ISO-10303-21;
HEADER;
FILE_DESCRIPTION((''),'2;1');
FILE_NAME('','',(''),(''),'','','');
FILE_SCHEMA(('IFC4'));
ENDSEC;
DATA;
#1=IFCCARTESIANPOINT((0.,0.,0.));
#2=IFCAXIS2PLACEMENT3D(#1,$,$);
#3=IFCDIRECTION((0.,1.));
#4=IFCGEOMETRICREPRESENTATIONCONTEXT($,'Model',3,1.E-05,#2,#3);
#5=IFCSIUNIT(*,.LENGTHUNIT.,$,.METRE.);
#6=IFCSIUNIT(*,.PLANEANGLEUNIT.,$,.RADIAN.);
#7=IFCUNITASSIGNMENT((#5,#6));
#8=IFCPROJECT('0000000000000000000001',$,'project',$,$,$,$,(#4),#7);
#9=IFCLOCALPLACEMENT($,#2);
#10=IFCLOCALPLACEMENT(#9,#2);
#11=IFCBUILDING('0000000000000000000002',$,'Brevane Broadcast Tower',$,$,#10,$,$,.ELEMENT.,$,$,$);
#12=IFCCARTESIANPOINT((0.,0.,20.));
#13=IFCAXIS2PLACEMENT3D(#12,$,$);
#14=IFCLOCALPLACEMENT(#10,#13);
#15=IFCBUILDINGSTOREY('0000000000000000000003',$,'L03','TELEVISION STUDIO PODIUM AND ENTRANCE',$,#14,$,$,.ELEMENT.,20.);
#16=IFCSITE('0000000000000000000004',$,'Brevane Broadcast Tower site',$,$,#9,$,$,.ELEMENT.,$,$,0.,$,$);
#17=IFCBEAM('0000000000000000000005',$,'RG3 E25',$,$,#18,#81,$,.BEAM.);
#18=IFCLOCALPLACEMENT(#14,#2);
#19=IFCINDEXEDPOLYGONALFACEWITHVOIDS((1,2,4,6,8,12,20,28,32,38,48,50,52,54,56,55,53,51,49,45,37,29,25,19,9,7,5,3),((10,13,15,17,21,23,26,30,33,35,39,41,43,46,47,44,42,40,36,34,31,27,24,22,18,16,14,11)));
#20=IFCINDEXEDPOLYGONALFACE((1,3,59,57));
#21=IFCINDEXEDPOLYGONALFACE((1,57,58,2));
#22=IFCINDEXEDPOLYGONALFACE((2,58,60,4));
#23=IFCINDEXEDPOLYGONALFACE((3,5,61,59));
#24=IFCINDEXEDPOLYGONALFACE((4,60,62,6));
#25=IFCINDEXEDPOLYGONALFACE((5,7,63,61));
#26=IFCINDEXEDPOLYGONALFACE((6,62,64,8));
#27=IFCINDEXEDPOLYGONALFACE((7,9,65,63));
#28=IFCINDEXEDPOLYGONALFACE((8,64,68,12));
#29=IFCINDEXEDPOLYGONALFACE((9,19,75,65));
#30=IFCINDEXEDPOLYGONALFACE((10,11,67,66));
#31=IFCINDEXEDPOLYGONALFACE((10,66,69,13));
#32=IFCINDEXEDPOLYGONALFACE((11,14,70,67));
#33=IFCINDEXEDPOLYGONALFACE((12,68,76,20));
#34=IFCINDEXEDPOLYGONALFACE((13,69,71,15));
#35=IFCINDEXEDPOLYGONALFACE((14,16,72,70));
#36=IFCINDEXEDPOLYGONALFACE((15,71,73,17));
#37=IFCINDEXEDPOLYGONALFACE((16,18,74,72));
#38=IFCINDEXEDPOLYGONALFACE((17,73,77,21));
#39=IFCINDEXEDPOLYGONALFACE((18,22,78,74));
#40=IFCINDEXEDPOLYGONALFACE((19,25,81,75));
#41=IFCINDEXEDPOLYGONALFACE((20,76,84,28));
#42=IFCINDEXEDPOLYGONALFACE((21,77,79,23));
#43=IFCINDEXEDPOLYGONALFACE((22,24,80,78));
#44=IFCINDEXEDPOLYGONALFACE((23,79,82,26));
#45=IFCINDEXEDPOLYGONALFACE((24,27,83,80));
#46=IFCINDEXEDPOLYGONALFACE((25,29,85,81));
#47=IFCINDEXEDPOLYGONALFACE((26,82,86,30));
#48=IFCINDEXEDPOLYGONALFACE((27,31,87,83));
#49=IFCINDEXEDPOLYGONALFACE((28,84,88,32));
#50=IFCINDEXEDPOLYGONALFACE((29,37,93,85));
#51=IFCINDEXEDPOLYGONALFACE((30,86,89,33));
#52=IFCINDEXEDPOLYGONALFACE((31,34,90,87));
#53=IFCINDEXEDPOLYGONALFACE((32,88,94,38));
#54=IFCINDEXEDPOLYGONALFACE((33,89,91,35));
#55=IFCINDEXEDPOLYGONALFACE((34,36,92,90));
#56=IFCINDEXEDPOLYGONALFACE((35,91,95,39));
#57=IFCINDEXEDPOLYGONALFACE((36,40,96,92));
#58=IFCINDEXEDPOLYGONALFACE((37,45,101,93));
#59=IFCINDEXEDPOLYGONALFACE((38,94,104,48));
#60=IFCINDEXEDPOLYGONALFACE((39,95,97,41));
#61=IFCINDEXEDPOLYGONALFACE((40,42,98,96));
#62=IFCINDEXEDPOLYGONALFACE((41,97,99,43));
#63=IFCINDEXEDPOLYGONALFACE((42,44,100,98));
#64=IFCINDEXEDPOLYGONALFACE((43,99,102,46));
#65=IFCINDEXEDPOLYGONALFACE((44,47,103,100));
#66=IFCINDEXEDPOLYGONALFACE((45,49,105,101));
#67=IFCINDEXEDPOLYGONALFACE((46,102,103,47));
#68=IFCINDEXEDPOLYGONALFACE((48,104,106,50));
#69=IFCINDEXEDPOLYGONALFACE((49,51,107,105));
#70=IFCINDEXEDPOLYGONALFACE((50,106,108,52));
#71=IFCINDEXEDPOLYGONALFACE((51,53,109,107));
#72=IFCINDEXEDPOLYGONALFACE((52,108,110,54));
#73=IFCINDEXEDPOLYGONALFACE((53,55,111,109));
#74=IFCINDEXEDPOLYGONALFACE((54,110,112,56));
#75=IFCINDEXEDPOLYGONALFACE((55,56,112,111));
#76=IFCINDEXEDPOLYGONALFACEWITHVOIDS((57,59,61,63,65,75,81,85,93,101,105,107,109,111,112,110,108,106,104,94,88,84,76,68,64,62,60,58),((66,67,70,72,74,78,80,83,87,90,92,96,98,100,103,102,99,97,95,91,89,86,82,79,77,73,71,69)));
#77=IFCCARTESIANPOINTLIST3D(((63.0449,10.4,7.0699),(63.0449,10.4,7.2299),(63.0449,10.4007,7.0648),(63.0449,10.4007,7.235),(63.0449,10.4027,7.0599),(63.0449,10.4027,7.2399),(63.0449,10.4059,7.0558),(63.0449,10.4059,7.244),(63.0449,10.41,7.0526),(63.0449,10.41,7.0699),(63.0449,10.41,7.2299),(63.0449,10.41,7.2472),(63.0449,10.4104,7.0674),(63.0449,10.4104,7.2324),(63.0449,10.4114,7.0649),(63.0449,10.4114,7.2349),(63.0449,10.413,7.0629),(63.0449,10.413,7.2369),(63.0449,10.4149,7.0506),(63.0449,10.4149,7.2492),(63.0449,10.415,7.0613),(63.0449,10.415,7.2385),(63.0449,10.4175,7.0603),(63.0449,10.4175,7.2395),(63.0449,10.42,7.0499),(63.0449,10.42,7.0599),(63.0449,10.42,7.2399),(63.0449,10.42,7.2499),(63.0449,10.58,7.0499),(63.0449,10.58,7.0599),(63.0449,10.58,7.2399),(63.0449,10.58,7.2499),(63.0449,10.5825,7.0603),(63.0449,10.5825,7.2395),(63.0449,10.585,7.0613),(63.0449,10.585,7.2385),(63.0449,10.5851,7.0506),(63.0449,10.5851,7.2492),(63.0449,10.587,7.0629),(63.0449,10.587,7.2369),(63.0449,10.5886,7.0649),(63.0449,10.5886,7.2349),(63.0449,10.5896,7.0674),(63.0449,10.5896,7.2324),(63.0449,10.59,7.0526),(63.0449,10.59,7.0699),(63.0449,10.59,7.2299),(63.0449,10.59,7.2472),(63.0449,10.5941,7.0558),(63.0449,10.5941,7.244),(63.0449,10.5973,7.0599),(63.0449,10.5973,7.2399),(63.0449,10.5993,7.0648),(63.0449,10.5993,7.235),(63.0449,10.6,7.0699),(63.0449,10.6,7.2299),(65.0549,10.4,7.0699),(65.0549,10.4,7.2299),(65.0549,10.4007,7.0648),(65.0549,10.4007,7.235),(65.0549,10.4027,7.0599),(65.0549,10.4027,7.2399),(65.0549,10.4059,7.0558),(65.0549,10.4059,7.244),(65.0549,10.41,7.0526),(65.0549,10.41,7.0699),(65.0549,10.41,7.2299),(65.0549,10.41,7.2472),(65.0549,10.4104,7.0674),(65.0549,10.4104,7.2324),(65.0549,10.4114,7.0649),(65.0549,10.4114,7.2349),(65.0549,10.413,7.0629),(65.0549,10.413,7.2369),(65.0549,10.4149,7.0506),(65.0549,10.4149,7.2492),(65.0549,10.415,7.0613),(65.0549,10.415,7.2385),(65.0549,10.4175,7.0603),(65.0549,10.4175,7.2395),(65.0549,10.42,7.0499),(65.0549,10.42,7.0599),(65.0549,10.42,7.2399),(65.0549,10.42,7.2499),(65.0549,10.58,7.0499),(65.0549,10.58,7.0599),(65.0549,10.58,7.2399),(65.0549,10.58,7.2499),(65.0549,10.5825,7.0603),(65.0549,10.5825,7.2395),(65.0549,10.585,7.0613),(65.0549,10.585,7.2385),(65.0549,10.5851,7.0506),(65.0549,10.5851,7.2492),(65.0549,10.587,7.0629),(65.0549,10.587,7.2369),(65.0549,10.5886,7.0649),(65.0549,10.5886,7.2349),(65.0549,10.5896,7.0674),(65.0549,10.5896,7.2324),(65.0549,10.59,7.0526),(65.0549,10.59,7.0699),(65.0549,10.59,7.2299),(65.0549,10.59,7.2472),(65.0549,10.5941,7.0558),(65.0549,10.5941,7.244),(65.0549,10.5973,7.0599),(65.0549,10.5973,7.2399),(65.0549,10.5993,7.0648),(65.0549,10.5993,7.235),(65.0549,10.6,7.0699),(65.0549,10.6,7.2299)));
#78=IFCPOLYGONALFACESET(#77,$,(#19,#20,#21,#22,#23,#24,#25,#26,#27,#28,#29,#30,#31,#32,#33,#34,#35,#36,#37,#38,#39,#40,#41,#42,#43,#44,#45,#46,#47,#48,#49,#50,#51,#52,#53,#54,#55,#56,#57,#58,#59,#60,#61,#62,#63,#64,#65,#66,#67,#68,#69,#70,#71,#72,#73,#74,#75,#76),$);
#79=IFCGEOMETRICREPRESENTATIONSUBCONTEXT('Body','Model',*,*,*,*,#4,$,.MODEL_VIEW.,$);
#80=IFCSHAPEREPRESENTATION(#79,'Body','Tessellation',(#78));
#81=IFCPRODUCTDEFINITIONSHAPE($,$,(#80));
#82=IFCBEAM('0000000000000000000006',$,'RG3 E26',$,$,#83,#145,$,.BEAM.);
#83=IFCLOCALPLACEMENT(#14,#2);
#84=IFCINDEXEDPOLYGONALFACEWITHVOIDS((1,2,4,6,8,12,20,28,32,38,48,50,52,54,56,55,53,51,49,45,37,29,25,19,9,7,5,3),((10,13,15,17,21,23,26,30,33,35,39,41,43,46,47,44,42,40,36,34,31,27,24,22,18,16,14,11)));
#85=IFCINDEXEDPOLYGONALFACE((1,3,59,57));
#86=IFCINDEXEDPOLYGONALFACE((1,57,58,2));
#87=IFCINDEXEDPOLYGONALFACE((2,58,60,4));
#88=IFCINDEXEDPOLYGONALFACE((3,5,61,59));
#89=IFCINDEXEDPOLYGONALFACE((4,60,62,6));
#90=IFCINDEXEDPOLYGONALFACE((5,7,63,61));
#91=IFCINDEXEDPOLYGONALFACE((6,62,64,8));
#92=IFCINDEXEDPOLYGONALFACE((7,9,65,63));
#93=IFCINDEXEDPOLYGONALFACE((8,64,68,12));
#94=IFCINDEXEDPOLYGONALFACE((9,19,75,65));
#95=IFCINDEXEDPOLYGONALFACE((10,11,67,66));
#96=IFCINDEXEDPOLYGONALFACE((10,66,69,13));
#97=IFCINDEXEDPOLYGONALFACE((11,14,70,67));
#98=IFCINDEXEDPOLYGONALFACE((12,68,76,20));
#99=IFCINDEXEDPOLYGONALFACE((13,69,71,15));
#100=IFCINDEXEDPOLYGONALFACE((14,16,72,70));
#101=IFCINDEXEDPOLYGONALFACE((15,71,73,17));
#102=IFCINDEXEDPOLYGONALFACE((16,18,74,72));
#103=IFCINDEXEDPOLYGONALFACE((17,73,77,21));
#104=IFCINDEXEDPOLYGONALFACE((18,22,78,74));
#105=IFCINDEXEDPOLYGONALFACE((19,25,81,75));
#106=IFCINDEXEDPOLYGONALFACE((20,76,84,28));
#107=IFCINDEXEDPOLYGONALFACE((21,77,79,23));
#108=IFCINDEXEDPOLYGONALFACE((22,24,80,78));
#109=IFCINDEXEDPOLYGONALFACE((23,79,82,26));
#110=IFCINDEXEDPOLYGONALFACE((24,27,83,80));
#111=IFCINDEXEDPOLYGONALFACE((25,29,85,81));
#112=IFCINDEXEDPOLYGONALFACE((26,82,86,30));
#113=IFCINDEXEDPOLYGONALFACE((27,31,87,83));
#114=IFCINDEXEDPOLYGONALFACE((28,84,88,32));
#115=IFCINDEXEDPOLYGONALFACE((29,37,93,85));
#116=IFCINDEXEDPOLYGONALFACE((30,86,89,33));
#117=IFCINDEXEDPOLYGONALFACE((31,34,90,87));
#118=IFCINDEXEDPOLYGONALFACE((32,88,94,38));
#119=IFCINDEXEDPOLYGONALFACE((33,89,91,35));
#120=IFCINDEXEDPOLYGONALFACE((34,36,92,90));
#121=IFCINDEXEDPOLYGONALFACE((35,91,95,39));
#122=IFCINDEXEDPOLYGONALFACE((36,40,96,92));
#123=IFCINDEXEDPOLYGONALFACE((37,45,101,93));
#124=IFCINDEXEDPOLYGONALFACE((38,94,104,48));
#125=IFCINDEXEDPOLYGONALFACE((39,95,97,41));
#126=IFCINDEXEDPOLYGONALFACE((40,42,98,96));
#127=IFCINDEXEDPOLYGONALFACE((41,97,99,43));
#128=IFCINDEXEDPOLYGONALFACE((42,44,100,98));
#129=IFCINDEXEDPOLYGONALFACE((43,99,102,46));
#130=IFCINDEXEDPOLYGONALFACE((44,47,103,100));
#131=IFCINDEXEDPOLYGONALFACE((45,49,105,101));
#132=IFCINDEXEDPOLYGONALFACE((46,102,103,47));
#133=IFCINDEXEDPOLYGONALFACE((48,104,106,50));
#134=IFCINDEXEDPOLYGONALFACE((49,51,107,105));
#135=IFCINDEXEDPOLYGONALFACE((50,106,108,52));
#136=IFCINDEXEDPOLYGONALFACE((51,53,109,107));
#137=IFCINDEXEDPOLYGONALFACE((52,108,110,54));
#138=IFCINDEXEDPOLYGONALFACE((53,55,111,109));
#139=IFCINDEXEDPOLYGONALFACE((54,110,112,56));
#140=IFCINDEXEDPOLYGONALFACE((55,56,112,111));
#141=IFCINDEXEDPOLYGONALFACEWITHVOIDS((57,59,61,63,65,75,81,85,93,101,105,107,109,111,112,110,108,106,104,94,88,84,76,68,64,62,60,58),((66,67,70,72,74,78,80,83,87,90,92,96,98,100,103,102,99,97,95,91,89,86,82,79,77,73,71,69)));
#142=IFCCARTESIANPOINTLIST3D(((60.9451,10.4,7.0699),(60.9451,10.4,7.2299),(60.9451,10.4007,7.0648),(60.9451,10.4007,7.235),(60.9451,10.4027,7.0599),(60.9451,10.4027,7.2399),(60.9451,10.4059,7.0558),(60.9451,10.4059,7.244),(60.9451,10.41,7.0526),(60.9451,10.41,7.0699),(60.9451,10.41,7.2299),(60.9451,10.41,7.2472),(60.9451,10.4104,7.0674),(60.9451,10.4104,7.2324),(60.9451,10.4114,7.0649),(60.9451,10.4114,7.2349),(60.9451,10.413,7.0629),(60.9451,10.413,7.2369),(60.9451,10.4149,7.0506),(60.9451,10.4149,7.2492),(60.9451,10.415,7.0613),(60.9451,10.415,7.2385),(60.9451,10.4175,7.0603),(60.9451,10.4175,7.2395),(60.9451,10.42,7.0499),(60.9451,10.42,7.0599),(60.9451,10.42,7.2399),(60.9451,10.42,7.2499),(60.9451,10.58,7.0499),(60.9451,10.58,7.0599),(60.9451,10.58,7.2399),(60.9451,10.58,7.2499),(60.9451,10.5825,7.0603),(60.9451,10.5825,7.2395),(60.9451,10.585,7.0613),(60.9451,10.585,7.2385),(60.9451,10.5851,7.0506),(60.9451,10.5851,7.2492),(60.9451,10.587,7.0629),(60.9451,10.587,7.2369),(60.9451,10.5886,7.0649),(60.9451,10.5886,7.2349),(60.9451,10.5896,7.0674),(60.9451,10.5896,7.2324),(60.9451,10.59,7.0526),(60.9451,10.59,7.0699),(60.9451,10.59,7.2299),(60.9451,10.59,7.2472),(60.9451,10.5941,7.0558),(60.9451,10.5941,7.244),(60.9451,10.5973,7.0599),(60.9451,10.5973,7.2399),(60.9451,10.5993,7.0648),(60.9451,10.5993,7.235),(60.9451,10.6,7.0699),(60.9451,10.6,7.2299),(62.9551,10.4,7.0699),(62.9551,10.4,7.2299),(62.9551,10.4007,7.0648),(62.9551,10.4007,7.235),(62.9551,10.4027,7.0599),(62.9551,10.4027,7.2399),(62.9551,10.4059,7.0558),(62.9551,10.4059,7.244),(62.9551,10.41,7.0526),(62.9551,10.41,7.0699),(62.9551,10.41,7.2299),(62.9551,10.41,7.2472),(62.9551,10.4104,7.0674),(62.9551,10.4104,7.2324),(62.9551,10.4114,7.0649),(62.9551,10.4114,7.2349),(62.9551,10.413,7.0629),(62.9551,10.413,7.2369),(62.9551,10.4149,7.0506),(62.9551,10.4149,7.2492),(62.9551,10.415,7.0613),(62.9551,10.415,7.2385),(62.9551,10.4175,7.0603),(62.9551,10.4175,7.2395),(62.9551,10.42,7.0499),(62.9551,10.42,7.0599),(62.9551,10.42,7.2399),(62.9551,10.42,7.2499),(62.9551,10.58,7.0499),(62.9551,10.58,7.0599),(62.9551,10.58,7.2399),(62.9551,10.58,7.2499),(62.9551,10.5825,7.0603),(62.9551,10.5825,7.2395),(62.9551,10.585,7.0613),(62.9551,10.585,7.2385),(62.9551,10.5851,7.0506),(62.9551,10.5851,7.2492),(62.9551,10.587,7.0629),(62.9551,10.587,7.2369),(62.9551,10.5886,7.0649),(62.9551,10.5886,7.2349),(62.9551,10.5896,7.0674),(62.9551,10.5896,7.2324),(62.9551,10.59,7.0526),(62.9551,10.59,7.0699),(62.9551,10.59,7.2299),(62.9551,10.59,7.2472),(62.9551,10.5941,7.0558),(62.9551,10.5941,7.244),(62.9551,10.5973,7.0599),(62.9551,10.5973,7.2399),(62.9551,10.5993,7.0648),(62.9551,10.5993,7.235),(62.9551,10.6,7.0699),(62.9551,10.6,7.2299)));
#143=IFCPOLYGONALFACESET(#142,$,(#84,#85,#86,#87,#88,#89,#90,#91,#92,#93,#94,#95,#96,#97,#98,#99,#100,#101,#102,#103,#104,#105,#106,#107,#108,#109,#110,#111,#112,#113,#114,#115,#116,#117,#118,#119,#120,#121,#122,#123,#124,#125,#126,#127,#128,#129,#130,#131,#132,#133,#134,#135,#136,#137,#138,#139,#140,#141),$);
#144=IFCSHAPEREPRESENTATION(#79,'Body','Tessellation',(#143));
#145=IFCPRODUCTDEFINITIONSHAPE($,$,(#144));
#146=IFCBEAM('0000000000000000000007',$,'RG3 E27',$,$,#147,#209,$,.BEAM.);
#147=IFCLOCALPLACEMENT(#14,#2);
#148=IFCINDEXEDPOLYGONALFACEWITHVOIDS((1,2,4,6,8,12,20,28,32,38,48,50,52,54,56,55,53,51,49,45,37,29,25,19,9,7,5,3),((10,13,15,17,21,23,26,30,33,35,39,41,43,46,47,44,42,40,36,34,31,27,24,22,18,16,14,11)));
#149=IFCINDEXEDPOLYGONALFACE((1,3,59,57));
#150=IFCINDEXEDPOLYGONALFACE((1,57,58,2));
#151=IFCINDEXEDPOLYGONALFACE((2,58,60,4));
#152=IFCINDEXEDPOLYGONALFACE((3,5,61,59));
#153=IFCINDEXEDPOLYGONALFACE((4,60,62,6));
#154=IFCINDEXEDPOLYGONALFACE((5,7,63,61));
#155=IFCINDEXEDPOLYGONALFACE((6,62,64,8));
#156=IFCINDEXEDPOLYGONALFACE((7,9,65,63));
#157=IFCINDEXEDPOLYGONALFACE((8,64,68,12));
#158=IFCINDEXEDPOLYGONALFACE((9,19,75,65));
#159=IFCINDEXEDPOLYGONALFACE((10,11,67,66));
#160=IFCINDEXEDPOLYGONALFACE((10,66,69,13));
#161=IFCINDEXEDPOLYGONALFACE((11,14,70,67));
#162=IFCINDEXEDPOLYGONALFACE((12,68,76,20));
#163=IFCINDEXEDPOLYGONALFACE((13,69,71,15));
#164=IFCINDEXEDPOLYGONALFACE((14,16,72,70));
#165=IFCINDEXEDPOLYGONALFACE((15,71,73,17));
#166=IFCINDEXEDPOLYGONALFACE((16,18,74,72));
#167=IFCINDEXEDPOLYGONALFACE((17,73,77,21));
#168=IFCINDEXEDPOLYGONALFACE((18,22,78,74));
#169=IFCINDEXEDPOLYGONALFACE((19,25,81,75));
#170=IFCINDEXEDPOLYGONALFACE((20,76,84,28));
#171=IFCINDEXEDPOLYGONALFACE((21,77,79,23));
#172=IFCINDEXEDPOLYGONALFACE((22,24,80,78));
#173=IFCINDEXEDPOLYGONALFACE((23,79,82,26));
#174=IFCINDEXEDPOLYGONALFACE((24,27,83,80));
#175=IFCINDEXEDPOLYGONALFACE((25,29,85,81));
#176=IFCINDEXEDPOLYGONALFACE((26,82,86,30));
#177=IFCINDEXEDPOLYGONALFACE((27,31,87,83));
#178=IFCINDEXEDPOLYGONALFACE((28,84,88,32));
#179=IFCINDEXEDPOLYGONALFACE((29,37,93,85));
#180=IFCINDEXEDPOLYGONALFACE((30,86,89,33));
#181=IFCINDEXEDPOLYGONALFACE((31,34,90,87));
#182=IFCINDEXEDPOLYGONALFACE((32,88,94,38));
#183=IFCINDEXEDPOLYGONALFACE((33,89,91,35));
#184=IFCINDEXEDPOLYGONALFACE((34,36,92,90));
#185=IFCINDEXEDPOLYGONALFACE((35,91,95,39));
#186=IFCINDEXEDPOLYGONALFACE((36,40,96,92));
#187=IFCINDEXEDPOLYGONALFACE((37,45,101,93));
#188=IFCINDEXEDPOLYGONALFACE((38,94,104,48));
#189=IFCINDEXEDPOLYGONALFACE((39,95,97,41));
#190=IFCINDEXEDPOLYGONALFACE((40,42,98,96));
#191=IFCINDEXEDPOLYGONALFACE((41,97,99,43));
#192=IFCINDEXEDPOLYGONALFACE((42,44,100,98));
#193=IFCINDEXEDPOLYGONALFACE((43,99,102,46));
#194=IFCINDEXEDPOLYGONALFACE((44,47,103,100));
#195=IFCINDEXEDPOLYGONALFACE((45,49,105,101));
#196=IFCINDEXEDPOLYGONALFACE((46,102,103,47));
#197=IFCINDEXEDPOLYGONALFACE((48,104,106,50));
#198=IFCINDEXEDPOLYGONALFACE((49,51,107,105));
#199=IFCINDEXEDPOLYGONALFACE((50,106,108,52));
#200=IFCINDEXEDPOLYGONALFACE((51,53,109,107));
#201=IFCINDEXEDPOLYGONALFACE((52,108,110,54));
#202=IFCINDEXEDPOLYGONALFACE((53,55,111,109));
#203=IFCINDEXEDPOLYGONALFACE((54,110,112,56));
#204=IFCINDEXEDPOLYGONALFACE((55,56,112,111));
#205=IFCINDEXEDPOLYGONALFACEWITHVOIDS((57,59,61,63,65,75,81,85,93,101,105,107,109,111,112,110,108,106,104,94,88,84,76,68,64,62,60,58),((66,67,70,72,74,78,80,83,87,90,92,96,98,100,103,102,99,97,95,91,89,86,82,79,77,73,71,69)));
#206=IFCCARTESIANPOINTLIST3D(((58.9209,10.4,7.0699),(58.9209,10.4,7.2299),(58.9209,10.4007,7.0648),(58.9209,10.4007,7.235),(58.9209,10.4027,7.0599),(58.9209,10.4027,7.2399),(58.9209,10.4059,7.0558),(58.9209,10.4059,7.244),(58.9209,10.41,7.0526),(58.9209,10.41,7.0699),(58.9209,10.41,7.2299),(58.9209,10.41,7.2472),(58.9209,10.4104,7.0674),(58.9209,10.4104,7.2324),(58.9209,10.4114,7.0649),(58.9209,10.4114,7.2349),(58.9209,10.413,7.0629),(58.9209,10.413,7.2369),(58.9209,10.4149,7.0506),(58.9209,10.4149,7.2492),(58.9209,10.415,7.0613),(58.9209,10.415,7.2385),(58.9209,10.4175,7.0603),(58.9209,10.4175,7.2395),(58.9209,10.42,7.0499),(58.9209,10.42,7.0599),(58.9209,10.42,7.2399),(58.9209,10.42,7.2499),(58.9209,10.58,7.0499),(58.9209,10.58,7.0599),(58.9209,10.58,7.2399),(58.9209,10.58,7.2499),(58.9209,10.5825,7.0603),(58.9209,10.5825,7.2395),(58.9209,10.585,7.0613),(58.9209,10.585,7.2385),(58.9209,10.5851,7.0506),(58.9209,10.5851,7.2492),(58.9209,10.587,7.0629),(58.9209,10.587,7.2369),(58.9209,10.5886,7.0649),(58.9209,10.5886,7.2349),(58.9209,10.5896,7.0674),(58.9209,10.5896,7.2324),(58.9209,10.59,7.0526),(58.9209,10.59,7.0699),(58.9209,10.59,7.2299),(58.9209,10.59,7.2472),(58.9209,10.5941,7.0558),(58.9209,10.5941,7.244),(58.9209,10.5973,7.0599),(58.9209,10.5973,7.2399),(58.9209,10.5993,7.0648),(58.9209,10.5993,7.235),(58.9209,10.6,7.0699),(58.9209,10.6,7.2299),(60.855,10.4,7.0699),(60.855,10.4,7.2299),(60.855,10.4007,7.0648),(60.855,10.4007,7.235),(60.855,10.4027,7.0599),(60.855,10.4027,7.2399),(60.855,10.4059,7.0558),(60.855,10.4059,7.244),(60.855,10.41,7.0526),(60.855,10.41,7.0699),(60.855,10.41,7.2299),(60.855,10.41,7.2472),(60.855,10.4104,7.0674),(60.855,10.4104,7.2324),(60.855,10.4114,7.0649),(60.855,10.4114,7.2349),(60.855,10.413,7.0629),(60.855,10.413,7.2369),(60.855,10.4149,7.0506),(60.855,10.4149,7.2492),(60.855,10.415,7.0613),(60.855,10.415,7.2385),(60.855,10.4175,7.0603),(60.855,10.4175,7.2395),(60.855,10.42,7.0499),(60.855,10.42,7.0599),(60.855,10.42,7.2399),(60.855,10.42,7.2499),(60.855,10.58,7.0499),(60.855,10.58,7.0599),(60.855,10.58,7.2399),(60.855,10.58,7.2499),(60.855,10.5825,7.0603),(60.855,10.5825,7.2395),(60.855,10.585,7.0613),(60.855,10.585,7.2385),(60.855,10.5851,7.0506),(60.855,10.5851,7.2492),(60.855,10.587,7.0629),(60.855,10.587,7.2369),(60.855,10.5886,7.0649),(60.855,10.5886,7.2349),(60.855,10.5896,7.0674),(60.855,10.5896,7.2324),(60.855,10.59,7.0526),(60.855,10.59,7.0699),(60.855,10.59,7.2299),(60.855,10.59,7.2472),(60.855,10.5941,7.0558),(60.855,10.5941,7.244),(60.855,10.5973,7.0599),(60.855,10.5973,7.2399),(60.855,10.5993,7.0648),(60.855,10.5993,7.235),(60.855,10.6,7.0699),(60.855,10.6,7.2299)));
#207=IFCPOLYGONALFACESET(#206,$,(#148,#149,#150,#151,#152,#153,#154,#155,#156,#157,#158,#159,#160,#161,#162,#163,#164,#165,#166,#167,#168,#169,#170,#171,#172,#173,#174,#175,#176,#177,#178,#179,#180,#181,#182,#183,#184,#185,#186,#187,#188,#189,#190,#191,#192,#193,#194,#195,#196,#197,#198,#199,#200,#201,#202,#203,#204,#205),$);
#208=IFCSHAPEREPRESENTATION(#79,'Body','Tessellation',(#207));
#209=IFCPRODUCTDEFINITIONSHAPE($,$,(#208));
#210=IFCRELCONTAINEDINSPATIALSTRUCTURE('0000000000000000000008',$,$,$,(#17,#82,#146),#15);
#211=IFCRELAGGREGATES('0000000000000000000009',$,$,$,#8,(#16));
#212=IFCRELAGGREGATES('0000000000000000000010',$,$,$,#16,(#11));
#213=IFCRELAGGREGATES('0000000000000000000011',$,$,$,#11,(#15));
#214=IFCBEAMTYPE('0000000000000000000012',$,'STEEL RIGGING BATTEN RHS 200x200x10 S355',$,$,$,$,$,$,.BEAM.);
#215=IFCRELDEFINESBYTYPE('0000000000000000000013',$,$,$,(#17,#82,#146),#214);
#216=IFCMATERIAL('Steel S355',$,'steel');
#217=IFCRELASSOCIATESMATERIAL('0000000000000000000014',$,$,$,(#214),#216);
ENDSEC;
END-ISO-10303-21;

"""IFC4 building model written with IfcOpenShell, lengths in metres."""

from ifc_helpers import new_model, si_unit, direction, frame, origin, origin_2d, place, context, subcontext, project, spatial, hollow_rectangle, extrude, material, material_profile, profile_set, type_object, element, save


model = new_model("IFC4")

# Units and contexts
model_context = context("Model", 3, precision=1e-05, world=origin(), true_north=direction((0.0, 1.0)))
body_context = subcontext(model_context, "Body", "Model", "MODEL_VIEW")
ifc_project = project(units=[si_unit("LENGTHUNIT", "METRE"), si_unit("PLANEANGLEUNIT", "RADIAN")], contexts=[model_context])

# Site, building, storey
site_placement = place(None, origin())
site = spatial("IfcSite", under=ifc_project, at=site_placement, Name="Brevane Broadcast Tower site", CompositionType="ELEMENT", RefElevation=0.0)
building_placement = place(site_placement, origin())
building = spatial("IfcBuilding", under=site, at=building_placement, Name="Brevane Broadcast Tower", CompositionType="ELEMENT")
storey_placement = place(building_placement, frame((0.0, 0.0, 20.0)))
storey = spatial("IfcBuildingStorey", under=building, at=storey_placement, Name="L03", Description="TELEVISION STUDIO PODIUM AND ENTRANCE", CompositionType="ELEMENT", Elevation=20.0)

# Beams
ifc_material_1 = material(Name="Steel S355", Category="steel")
ifc_material_profile_1 = material_profile(ifc_material_1, hollow_rectangle(XDim=0.2, YDim=0.2, WallThickness=0.01, InnerFilletRadius=0.01, OuterFilletRadius=0.02, at=origin_2d()), Name="RHS 200x200x10")
ifc_profile_set_1 = profile_set([ifc_material_profile_1], Name="Steel S355")
beam_type_1 = type_object("IfcBeamType", Name="STEEL RIGGING BATTEN RHS 200x200x10 S355", PredefinedType="BEAM", material=ifc_profile_set_1)
for number, where, z_axis, x_axis, name in (
    (1, (65.0549, 10.5, 7.1499), (-1.0, 0.0, 0.0), (0.0, -1.0, 0.0), "RG3 E25"),
    (2, (62.9551, 10.5, 7.1499), (-1.0, 0.0, 0.0), (0.0, -1.0, 0.0), "RG3 E26"),
):
    element("IfcBeam", number, at=place(storey_placement, frame(where, z_axis=z_axis, x_axis=x_axis)), inside=storey, type_object=beam_type_1, Name=name, PredefinedType="BEAM", context=body_context, shape_type="SweptSolid", body=[
        extrude(hollow_rectangle(XDim=0.2, YDim=0.2, WallThickness=0.01, InnerFilletRadius=0.01, OuterFilletRadius=0.02, at=origin_2d()), origin(), (0.0, 0.0, 1.0), 2.01),
    ])
beam_1_placement = place(storey_placement, frame((60.855, 10.5, 7.1499), z_axis=(-1.0, 0.0, 0.0), x_axis=(0.0, -1.0, 0.0)))
element("IfcBeam", 3, at=beam_1_placement, inside=storey, type_object=beam_type_1, Name="RG3 E27", PredefinedType="BEAM", context=body_context, shape_type="SweptSolid", body=[
    extrude(hollow_rectangle(XDim=0.2, YDim=0.2, WallThickness=0.01, InnerFilletRadius=0.01, OuterFilletRadius=0.02, at=origin_2d()), origin(), (0.0, 0.0, 1.0), 1.9341),
])

save(model, "model.ifc")
